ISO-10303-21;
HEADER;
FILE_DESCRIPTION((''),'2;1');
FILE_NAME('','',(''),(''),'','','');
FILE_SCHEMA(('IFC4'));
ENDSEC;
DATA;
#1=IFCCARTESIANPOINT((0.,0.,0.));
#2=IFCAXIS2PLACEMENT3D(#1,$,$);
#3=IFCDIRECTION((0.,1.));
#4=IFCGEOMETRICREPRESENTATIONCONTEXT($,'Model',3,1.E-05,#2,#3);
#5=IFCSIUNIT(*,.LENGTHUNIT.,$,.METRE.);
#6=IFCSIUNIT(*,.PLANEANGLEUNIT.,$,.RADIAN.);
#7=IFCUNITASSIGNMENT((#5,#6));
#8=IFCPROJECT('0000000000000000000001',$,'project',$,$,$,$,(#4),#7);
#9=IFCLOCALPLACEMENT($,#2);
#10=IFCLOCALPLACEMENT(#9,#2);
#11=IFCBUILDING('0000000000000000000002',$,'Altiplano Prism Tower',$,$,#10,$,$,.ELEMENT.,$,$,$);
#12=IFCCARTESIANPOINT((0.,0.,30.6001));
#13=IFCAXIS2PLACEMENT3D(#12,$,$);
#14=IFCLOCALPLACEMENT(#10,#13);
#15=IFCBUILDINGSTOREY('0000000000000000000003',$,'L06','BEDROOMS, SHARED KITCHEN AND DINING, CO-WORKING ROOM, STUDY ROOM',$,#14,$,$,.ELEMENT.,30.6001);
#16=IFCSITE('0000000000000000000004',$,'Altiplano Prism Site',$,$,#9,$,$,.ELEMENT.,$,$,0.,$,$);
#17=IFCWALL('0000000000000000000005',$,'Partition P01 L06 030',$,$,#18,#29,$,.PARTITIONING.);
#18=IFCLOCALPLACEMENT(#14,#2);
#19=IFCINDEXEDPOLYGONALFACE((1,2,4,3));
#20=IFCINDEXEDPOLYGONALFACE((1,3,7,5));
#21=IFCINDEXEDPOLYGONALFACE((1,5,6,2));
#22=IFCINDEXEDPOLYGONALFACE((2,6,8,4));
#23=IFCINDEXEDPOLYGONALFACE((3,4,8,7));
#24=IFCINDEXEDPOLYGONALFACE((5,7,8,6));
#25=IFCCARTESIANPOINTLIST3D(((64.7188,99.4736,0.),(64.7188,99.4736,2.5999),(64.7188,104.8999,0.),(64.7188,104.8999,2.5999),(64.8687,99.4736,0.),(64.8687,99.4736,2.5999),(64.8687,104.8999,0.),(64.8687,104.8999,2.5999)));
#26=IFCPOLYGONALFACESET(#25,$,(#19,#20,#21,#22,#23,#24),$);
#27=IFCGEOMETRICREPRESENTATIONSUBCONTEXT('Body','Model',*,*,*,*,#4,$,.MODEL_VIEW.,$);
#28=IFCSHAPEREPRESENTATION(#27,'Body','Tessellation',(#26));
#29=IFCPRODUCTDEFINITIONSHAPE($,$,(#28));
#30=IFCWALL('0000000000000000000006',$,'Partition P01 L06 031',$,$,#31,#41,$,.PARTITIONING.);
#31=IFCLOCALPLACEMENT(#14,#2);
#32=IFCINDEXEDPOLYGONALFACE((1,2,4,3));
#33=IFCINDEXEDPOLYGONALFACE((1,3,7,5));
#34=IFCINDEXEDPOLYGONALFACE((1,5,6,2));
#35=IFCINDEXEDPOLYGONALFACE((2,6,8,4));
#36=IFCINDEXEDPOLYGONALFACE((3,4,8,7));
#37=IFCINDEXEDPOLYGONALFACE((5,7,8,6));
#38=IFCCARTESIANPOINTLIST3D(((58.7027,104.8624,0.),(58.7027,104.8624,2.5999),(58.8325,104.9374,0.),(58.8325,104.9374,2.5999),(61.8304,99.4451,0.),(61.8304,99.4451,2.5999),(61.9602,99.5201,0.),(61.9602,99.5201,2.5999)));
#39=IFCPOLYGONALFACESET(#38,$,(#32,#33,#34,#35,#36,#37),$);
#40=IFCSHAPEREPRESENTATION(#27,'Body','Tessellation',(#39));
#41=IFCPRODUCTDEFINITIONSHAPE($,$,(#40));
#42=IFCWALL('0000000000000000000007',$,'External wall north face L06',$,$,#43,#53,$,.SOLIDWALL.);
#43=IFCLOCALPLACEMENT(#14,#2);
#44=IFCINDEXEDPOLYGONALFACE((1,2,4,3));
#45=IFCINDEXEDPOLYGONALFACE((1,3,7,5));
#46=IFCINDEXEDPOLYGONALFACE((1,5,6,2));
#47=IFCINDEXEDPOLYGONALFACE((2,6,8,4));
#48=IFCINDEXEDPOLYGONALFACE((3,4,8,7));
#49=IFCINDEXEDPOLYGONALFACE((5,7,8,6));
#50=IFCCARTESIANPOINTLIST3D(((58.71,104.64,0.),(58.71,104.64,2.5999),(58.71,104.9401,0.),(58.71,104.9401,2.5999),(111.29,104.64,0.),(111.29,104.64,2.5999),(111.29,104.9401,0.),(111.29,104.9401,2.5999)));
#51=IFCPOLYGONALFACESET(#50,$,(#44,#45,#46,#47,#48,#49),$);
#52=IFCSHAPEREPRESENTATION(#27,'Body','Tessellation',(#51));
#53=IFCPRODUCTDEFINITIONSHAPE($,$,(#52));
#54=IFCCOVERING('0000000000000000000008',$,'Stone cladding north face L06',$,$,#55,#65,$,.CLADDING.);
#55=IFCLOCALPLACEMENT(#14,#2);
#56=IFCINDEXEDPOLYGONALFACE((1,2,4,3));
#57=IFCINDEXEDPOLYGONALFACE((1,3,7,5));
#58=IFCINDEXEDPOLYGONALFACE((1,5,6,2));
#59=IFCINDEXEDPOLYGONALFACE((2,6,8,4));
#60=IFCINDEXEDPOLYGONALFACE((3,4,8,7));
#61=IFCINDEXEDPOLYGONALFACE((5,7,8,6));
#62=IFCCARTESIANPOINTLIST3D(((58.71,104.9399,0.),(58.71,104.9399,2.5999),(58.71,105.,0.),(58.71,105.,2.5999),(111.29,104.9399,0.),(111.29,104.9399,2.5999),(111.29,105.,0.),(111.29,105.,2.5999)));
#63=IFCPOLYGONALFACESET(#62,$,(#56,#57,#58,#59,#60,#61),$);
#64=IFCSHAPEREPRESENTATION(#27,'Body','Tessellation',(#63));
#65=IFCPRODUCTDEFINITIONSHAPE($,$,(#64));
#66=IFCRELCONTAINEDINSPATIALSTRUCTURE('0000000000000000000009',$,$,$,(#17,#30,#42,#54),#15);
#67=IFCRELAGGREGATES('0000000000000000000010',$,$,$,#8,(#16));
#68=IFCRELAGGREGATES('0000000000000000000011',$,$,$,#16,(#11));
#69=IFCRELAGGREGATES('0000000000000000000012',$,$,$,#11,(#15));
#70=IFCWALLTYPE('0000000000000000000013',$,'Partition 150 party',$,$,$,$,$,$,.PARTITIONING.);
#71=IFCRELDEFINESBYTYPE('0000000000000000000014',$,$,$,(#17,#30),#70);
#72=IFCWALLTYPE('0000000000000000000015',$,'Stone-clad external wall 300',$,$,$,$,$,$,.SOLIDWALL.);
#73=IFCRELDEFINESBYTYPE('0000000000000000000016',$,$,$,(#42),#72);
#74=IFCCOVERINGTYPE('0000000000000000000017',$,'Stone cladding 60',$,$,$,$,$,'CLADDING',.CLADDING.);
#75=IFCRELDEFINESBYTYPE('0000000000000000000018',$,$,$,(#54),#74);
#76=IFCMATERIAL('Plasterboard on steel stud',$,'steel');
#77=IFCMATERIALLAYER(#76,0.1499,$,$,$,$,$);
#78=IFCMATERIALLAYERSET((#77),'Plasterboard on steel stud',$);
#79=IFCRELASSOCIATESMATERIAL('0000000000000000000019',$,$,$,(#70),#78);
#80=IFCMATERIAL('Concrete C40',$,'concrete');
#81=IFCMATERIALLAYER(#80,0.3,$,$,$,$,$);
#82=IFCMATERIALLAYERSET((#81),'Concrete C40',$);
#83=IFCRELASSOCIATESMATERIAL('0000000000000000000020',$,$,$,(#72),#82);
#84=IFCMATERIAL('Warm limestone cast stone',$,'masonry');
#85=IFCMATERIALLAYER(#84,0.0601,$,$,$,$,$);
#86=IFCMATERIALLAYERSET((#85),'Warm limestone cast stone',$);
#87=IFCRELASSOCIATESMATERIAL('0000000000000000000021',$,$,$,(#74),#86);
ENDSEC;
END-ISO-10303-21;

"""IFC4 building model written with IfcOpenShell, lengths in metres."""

from ifc_helpers import new_model, si_unit, direction, frame, frame_2d, origin, place, context, subcontext, project, spatial, rectangle, extrude, material, layer, layer_set, type_object, element, save


model = new_model("IFC4")

# Units and contexts
model_context = context("Model", 3, precision=1e-05, world=origin(), true_north=direction((0.0, 1.0)))
body_context = subcontext(model_context, "Body", "Model", "MODEL_VIEW")
ifc_project = project(units=[si_unit("LENGTHUNIT", "METRE"), si_unit("PLANEANGLEUNIT", "RADIAN")], contexts=[model_context])

# Site, building, storey
site_placement = place(None, origin())
site = spatial("IfcSite", under=ifc_project, at=site_placement, Name="Altiplano Prism Site", CompositionType="ELEMENT", RefElevation=0.0)
building_placement = place(site_placement, origin())
building = spatial("IfcBuilding", under=site, at=building_placement, Name="Altiplano Prism Tower", CompositionType="ELEMENT")
storey_placement = place(building_placement, frame((0.0, 0.0, 30.6001)))
storey = spatial("IfcBuildingStorey", under=building, at=storey_placement, Name="L06", Description="BEDROOMS, SHARED KITCHEN AND DINING, CO-WORKING ROOM, STUDY ROOM", CompositionType="ELEMENT", Elevation=30.6001)

# Shared definitions
ifc_material_1 = material(Name="Plasterboard on steel stud", Category="steel")

# Walls
ifc_layer_1 = layer(ifc_material_1, 0.1499)
ifc_layer_set_1 = layer_set([ifc_layer_1], Name="Plasterboard on steel stud")
wall_type_1 = type_object("IfcWallType", Name="Partition 150 party", PredefinedType="PARTITIONING", material=ifc_layer_set_1)
wall_1_placement = place(storey_placement, frame((64.7937, 99.4736, 0.0), z_axis=(0.0, 0.0, 1.0), x_axis=(0.0, 1.0, 0.0)))
element("IfcWall", 1, at=wall_1_placement, inside=storey, type_object=wall_type_1, Name="Partition P01 L06 030", PredefinedType="PARTITIONING", context=body_context, shape_type="SweptSolid", body=[
    extrude(rectangle(XDim=5.4263, YDim=0.1499, at=frame_2d((2.7131, 0.0))), origin(), (0.0, 0.0, 1.0), 2.5999),
])
wall_2_placement = place(storey_placement, frame((58.7676, 104.8999, 0.0), z_axis=(0.0, 0.0, 1.0), x_axis=(0.500005, -0.866022, 0.0)))
element("IfcWall", 2, at=wall_2_placement, inside=storey, type_object=wall_type_1, Name="Partition P01 L06 031", PredefinedType="PARTITIONING", context=body_context, shape_type="SweptSolid", body=[
    extrude(rectangle(XDim=6.2554, YDim=0.1499, at=frame_2d((3.1277, 0.0))), origin(), (0.0, 0.0, 1.0), 2.5999),
])
ifc_material_2 = material(Name="Concrete C40", Category="concrete")
ifc_layer_2 = layer(ifc_material_2, 0.3)
ifc_layer_set_2 = layer_set([ifc_layer_2], Name="Concrete C40")
wall_type_2 = type_object("IfcWallType", Name="Stone-clad external wall 300", PredefinedType="SOLIDWALL", material=ifc_layer_set_2)
wall_3_placement = place(storey_placement, frame((58.71, 104.79, 0.0), z_axis=(0.0, 0.0, 1.0), x_axis=(1.0, 0.0, 0.0)))
element("IfcWall", 3, at=wall_3_placement, inside=storey, type_object=wall_type_2, Name="External wall north face L06", PredefinedType="SOLIDWALL", context=body_context, shape_type="SweptSolid", body=[
    extrude(rectangle(XDim=52.5801, YDim=0.3, at=frame_2d((26.29, 0.0))), origin(), (0.0, 0.0, 1.0), 2.5999),
])

# Covering
ifc_material_3 = material(Name="Warm limestone cast stone", Category="masonry")
ifc_layer_3 = layer(ifc_material_3, 0.0601)
ifc_layer_set_3 = layer_set([ifc_layer_3], Name="Warm limestone cast stone")
covering_type = type_object("IfcCoveringType", Name="Stone cladding 60", ElementType="CLADDING", PredefinedType="CLADDING", material=ifc_layer_set_3)
covering_placement = place(storey_placement, frame((58.71, 104.97, 0.0), z_axis=(0.0, 0.0, 1.0), x_axis=(1.0, 0.0, 0.0)))
element("IfcCovering", 4, at=covering_placement, inside=storey, type_object=covering_type, Name="Stone cladding north face L06", PredefinedType="CLADDING", context=body_context, shape_type="SweptSolid", body=[
    extrude(rectangle(XDim=52.5801, YDim=0.0601, at=frame_2d((26.29, 0.0))), origin(), (0.0, 0.0, 1.0), 2.5999),
])

save(model, "model.ifc")
